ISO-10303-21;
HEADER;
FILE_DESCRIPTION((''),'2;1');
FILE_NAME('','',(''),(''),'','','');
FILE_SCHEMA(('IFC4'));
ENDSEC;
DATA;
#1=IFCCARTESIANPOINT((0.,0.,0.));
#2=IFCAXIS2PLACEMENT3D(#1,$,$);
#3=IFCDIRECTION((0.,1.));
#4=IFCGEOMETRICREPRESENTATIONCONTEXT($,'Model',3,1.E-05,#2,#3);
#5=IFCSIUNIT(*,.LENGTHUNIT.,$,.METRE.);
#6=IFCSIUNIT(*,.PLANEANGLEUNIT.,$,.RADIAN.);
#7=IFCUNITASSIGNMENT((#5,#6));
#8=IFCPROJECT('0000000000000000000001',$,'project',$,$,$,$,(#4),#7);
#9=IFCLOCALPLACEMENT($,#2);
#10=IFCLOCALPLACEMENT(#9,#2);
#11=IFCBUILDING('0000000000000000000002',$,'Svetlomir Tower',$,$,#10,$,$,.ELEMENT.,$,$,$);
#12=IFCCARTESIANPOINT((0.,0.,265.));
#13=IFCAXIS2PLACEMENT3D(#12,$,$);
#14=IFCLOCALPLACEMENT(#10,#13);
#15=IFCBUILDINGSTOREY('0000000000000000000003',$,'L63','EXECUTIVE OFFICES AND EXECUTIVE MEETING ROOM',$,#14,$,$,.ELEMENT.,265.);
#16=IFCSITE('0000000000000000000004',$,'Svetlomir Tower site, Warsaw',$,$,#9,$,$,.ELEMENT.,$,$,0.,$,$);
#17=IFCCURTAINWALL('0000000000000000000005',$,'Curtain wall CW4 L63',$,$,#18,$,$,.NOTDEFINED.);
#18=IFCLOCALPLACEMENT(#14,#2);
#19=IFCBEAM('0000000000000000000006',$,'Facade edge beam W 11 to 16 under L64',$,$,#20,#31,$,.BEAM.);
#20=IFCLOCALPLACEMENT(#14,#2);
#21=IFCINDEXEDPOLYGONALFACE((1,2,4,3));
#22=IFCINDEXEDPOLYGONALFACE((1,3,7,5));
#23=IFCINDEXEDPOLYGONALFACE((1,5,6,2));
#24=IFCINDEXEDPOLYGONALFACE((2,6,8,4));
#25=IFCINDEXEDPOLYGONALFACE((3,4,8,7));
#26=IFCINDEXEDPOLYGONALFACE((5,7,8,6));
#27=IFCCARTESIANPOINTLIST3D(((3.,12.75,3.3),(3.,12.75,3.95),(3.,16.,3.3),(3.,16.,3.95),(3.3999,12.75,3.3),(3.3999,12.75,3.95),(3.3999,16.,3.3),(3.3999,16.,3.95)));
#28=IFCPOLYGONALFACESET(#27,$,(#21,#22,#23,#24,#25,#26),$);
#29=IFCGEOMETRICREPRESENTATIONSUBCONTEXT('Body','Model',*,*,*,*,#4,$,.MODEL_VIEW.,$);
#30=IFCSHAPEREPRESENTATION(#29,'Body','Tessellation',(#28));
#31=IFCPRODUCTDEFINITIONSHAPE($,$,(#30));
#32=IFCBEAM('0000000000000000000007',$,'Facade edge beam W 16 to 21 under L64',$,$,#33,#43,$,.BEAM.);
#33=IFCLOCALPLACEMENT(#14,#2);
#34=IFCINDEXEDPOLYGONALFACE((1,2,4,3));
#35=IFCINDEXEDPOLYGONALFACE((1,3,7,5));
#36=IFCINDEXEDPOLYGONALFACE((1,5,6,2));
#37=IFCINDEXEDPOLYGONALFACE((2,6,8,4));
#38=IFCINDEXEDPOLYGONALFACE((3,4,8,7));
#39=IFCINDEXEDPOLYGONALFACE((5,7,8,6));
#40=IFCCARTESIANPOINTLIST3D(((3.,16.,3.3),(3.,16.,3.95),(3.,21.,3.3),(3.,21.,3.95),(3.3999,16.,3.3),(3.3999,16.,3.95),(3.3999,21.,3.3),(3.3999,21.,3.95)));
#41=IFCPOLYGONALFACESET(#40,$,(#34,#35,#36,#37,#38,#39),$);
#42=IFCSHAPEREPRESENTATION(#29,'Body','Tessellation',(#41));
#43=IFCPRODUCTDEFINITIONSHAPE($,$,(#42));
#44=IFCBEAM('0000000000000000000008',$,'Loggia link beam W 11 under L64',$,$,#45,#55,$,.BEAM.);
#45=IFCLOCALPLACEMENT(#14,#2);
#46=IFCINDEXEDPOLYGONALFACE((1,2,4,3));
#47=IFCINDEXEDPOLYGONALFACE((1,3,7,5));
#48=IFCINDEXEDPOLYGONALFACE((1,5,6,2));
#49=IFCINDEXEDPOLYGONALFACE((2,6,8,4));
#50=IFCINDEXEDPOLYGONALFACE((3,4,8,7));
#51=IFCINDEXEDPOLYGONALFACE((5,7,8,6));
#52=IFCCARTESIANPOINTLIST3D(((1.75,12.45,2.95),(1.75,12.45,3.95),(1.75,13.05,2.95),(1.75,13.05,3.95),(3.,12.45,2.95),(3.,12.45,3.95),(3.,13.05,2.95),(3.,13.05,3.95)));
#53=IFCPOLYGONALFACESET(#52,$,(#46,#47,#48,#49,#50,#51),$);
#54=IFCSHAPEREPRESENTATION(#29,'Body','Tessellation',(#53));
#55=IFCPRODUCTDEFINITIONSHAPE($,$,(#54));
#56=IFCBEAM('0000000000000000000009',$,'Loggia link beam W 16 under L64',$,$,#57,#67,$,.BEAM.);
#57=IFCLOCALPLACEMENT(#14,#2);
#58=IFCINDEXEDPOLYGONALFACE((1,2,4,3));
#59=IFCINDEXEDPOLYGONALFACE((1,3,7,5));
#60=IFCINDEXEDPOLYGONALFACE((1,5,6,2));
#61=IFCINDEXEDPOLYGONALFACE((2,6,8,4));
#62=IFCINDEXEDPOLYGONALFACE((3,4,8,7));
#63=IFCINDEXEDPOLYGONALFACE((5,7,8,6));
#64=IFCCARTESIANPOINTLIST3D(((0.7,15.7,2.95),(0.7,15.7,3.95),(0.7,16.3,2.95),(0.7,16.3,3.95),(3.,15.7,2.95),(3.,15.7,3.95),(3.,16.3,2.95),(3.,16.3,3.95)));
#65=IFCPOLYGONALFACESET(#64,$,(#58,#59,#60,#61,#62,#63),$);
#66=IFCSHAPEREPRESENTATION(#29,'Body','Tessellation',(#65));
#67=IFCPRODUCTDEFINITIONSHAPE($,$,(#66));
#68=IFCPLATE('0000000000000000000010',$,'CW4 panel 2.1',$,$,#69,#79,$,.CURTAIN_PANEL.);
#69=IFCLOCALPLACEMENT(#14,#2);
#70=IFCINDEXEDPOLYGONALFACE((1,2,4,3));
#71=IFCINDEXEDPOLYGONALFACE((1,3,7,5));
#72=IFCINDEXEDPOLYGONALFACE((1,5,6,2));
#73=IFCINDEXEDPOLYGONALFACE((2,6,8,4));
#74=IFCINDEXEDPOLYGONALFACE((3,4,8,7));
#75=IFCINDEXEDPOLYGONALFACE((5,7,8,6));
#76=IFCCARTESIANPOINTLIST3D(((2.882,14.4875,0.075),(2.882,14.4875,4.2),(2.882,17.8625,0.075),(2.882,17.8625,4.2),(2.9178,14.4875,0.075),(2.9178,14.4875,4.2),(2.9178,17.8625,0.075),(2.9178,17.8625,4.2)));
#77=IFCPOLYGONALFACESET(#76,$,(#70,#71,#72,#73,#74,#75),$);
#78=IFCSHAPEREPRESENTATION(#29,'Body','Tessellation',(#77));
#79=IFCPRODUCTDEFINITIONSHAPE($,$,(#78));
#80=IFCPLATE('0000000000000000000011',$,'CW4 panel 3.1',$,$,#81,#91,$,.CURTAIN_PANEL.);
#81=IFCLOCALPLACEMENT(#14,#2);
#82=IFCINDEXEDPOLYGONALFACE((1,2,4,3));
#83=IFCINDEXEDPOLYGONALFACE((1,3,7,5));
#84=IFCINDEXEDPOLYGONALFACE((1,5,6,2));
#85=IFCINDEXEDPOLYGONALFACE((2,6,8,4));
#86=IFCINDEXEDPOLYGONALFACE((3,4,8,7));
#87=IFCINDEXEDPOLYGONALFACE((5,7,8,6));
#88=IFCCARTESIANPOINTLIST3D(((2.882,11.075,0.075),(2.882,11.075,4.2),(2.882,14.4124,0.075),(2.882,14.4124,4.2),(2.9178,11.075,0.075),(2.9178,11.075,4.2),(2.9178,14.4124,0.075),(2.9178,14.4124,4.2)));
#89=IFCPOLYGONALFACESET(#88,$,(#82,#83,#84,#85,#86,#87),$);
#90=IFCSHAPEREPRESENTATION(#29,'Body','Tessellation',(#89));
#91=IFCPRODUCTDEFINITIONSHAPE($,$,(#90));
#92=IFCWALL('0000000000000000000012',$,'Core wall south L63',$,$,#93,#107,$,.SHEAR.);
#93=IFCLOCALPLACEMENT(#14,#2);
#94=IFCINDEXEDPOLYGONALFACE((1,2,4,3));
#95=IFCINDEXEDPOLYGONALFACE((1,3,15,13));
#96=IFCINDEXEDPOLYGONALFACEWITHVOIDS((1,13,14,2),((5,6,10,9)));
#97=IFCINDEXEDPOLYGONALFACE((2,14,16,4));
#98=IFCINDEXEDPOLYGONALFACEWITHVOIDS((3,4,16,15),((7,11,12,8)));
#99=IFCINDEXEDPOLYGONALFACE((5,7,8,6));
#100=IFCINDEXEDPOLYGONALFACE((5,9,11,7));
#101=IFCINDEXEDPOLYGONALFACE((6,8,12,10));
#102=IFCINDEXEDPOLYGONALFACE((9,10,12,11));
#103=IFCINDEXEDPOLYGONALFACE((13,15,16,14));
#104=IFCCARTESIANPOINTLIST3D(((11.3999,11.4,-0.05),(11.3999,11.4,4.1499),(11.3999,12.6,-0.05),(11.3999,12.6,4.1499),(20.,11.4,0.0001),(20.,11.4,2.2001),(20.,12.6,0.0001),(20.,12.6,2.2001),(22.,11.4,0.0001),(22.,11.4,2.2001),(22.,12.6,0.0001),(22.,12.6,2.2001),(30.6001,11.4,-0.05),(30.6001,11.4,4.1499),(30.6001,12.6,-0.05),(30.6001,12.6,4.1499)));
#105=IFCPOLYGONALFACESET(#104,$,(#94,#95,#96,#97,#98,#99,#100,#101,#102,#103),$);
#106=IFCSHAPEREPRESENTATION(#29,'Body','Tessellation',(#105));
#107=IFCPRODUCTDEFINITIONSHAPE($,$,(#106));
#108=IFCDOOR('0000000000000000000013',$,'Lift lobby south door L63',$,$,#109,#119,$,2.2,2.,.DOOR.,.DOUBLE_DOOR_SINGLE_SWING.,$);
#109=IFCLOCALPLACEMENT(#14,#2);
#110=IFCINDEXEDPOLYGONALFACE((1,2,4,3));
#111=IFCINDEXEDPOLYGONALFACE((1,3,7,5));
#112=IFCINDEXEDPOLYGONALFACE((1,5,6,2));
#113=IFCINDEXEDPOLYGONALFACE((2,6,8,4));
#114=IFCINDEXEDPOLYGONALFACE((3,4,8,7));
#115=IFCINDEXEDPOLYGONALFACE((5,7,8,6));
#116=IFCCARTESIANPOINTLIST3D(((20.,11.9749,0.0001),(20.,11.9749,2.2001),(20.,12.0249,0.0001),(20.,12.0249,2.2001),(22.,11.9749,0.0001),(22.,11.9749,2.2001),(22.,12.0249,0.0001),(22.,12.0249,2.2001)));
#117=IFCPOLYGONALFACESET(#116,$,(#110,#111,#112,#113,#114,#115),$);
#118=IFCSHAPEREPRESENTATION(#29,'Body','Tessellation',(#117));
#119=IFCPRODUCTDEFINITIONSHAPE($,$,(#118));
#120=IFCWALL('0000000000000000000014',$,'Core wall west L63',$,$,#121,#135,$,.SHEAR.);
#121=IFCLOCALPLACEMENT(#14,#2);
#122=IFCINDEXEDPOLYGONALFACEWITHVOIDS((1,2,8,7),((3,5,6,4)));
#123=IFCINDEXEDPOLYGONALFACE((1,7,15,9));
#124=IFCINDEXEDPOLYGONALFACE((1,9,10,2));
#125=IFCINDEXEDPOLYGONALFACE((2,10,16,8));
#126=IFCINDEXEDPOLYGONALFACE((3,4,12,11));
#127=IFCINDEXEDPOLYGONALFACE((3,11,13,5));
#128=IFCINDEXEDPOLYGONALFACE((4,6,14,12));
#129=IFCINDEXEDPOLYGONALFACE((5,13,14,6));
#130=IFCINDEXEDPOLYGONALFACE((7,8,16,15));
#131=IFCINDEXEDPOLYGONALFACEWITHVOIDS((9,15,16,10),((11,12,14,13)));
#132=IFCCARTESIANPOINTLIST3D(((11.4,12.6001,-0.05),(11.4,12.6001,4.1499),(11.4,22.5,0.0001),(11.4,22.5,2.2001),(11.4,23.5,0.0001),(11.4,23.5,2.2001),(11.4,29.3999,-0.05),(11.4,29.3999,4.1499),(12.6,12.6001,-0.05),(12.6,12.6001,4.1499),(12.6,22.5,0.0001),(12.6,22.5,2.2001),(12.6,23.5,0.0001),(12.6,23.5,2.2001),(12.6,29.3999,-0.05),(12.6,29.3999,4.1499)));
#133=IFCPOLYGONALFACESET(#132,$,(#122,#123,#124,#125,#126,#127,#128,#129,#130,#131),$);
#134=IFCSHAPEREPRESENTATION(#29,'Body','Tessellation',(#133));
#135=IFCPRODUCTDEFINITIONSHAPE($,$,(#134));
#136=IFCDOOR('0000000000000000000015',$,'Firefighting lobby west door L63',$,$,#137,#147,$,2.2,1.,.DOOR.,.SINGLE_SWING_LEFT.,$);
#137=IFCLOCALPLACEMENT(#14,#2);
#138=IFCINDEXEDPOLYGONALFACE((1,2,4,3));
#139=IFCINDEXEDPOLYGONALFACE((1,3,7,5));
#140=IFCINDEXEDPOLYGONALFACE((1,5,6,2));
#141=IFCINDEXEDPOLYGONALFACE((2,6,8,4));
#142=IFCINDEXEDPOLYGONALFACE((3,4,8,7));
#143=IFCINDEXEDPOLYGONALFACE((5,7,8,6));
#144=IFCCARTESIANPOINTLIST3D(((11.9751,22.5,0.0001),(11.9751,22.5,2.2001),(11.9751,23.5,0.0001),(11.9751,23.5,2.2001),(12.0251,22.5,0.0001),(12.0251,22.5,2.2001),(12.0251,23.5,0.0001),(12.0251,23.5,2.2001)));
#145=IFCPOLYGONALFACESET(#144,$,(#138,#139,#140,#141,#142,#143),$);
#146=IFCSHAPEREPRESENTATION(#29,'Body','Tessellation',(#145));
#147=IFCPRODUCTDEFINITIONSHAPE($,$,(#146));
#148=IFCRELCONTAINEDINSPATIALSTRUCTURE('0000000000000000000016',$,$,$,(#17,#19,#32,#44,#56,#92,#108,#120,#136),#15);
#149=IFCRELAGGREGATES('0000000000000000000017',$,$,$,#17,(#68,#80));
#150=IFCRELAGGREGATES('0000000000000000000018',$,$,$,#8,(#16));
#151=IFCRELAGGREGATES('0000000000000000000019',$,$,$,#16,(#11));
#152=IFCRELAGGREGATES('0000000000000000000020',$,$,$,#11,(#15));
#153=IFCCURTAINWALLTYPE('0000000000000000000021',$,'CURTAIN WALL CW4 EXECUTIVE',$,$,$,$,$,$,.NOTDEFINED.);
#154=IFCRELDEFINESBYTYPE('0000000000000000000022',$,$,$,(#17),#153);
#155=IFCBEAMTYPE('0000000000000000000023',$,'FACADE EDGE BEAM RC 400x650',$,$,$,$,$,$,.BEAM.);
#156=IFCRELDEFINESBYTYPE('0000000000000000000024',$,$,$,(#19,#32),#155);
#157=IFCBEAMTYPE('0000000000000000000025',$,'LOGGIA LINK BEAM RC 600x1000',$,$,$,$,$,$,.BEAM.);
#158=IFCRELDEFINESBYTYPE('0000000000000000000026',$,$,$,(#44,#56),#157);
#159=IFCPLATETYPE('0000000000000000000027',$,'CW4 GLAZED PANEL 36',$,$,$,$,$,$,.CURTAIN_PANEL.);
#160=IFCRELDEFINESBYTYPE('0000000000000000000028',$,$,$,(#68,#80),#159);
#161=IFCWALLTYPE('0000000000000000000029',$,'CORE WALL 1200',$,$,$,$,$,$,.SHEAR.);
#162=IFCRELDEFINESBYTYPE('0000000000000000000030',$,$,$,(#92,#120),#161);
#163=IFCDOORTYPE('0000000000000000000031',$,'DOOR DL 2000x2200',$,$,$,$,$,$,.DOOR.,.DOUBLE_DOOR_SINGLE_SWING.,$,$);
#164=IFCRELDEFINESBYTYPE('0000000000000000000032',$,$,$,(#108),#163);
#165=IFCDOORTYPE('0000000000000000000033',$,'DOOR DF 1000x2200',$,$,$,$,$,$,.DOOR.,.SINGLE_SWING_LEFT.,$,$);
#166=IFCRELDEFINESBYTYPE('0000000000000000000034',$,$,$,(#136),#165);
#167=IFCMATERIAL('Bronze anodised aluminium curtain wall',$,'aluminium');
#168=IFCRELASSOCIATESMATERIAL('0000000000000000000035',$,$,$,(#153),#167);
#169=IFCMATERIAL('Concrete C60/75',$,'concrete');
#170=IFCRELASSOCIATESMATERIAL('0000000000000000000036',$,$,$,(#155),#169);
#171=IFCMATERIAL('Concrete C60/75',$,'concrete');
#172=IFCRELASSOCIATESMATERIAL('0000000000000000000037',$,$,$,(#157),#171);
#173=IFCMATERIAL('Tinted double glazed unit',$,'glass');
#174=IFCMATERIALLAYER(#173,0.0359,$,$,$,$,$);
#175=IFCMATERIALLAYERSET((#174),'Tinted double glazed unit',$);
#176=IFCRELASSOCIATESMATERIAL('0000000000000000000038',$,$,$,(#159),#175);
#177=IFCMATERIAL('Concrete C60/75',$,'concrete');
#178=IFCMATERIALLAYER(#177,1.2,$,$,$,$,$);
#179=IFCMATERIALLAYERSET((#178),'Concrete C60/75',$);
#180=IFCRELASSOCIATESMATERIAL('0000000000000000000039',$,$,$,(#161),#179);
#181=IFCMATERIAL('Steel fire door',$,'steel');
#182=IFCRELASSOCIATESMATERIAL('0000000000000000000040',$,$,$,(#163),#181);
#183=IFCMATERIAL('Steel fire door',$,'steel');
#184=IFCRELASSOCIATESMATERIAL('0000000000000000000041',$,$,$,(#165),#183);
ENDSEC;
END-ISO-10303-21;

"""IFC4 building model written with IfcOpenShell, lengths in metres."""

from ifc_helpers import new_model, si_unit, direction, frame, frame_2d, origin, origin_2d, place, context, subcontext, project, spatial, rectangle, extrude, material, layer, layer_set, material_profile, profile_set, type_object, element, fill, aggregate, save


model = new_model("IFC4")

# Units and contexts
model_context = context("Model", 3, precision=1e-05, world=origin(), true_north=direction((0.0, 1.0)))
body_context = subcontext(model_context, "Body", "Model", "MODEL_VIEW")
ifc_project = project(units=[si_unit("LENGTHUNIT", "METRE"), si_unit("PLANEANGLEUNIT", "RADIAN")], contexts=[model_context])

# Site, building, storey
site_placement = place(None, origin())
site = spatial("IfcSite", under=ifc_project, at=site_placement, Name="Svetlomir Tower site, Warsaw", CompositionType="ELEMENT", RefElevation=0.0)
building_placement = place(site_placement, origin())
building = spatial("IfcBuilding", under=site, at=building_placement, Name="Svetlomir Tower", CompositionType="ELEMENT")
storey_placement = place(building_placement, frame((0.0, 0.0, 265.0)))
storey = spatial("IfcBuildingStorey", under=building, at=storey_placement, Name="L63", Description="EXECUTIVE OFFICES AND EXECUTIVE MEETING ROOM", CompositionType="ELEMENT", Elevation=265.0)

# Curtain wall
ifc_material_1 = material(Name="Bronze anodised aluminium curtain wall", Category="aluminium")
curtain_wall_type = type_object("IfcCurtainWallType", Name="CURTAIN WALL CW4 EXECUTIVE", PredefinedType="NOTDEFINED", material=ifc_material_1)
curtain_wall_placement = place(storey_placement, origin())
curtain_wall = element("IfcCurtainWall", 1, at=curtain_wall_placement, inside=storey, type_object=curtain_wall_type, Name="Curtain wall CW4 L63", PredefinedType="NOTDEFINED")

# Beams
ifc_material_2 = material(Name="Concrete C60/75", Category="concrete")
ifc_material_profile_1 = material_profile(ifc_material_2, rectangle(XDim=0.3999, YDim=0.6499, at=origin_2d()), Name="RC 400x650")
ifc_profile_set_1 = profile_set([ifc_material_profile_1], Name="Concrete C60/75")
beam_type_1 = type_object("IfcBeamType", Name="FACADE EDGE BEAM RC 400x650", PredefinedType="BEAM", material=ifc_profile_set_1)
beam_1_placement = place(storey_placement, frame((3.2, 12.75, 3.625), z_axis=(0.0, 1.0, 0.0), x_axis=(-1.0, 0.0, 0.0)))
element("IfcBeam", 2, at=beam_1_placement, inside=storey, type_object=beam_type_1, Name="Facade edge beam W 11 to 16 under L64", PredefinedType="BEAM", context=body_context, shape_type="SweptSolid", body=[
    extrude(rectangle(XDim=0.3999, YDim=0.6499, at=origin_2d()), origin(), (0.0, 0.0, 1.0), 3.25),
])
beam_2_placement = place(storey_placement, frame((3.2, 16.0, 3.625), z_axis=(0.0, 1.0, 0.0), x_axis=(-1.0, 0.0, 0.0)))
element("IfcBeam", 3, at=beam_2_placement, inside=storey, type_object=beam_type_1, Name="Facade edge beam W 16 to 21 under L64", PredefinedType="BEAM", context=body_context, shape_type="SweptSolid", body=[
    extrude(rectangle(XDim=0.3999, YDim=0.6499, at=origin_2d()), origin(), (0.0, 0.0, 1.0), 5.0),
])
ifc_material_3 = material(Name="Concrete C60/75", Category="concrete")
ifc_material_profile_2 = material_profile(ifc_material_3, rectangle(XDim=0.6001, YDim=1.0, at=origin_2d()), Name="RC 600x1000")
ifc_profile_set_2 = profile_set([ifc_material_profile_2], Name="Concrete C60/75")
beam_type_2 = type_object("IfcBeamType", Name="LOGGIA LINK BEAM RC 600x1000", PredefinedType="BEAM", material=ifc_profile_set_2)
beam_3_placement = place(storey_placement, frame((1.75, 12.75, 3.45), z_axis=(1.0, 0.0, 0.0), x_axis=(0.0, 1.0, 0.0)))
element("IfcBeam", 4, at=beam_3_placement, inside=storey, type_object=beam_type_2, Name="Loggia link beam W 11 under L64", PredefinedType="BEAM", context=body_context, shape_type="SweptSolid", body=[
    extrude(rectangle(XDim=0.6001, YDim=1.0, at=origin_2d()), origin(), (0.0, 0.0, 1.0), 1.25),
])
beam_4_placement = place(storey_placement, frame((0.7, 16.0, 3.45), z_axis=(1.0, 0.0, 0.0), x_axis=(0.0, 1.0, 0.0)))
element("IfcBeam", 5, at=beam_4_placement, inside=storey, type_object=beam_type_2, Name="Loggia link beam W 16 under L64", PredefinedType="BEAM", context=body_context, shape_type="SweptSolid", body=[
    extrude(rectangle(XDim=0.6001, YDim=1.0, at=origin_2d()), origin(), (0.0, 0.0, 1.0), 2.3),
])

# Plates
ifc_material_4 = material(Name="Tinted double glazed unit", Category="glass")
ifc_layer_1 = layer(ifc_material_4, 0.0359)
ifc_layer_set_1 = layer_set([ifc_layer_1], Name="Tinted double glazed unit")
plate_type = type_object("IfcPlateType", Name="CW4 GLAZED PANEL 36", PredefinedType="CURTAIN_PANEL", material=ifc_layer_set_1)
plate_1_placement = place(storey_placement, frame((2.8999, 16.175, 0.075), z_axis=(0.0, 0.0, 1.0), x_axis=(0.0, -1.0, 0.0)))
plate_1 = element("IfcPlate", 6, at=plate_1_placement, type_object=plate_type, Name="CW4 panel 2.1", PredefinedType="CURTAIN_PANEL", context=body_context, shape_type="SweptSolid", body=[
    extrude(rectangle(XDim=3.375, YDim=0.0359, at=origin_2d()), origin(), (0.0, 0.0, 1.0), 4.125),
])
plate_2_placement = place(storey_placement, frame((2.8999, 12.7437, 0.075), z_axis=(0.0, 0.0, 1.0), x_axis=(0.0, -1.0, 0.0)))
plate_2 = element("IfcPlate", 7, at=plate_2_placement, type_object=plate_type, Name="CW4 panel 3.1", PredefinedType="CURTAIN_PANEL", context=body_context, shape_type="SweptSolid", body=[
    extrude(rectangle(XDim=3.3374, YDim=0.0359, at=origin_2d()), origin(), (0.0, 0.0, 1.0), 4.125),
])
aggregate(curtain_wall, [plate_1, plate_2])

# Walls, openings, doors
ifc_material_5 = material(Name="Concrete C60/75", Category="concrete")
ifc_layer_2 = layer(ifc_material_5, 1.2)
ifc_layer_set_2 = layer_set([ifc_layer_2], Name="Concrete C60/75")
wall_type_1 = type_object("IfcWallType", Name="CORE WALL 1200", PredefinedType="SHEAR", material=ifc_layer_set_2)
wall_1_placement = place(storey_placement, frame((11.3999, 12.0, -0.05), z_axis=(0.0, 0.0, 1.0), x_axis=(1.0, 0.0, 0.0)))
wall_1 = element("IfcWall", 8, at=wall_1_placement, inside=storey, type_object=wall_type_1, Name="Core wall south L63", PredefinedType="SHEAR", context=body_context, shape_type="SweptSolid", body=[
    extrude(rectangle(XDim=19.2002, YDim=1.2, at=frame_2d((9.6001, 0.0))), origin(), (0.0, 0.0, 1.0), 4.2),
])
opening_1_placement = place(wall_1_placement, frame((8.6001, 0.0, 0.05)))
opening_1 = element("IfcOpeningElement", 9, at=opening_1_placement, cuts=wall_1, PredefinedType="OPENING", context=body_context, shape_type="SweptSolid", body=[
    extrude(rectangle(XDim=2.0, YDim=2.2, at=frame_2d((1.0, 1.1001))), frame((0.0, 0.6099, 0.0), z_axis=(0.0, -1.0, 0.0), x_axis=(1.0, 0.0, 0.0)), (0.0, 0.0, 1.0), 1.22),
])
ifc_material_6 = material(Name="Steel fire door", Category="steel")
door_type_1 = type_object("IfcDoorType", Name="DOOR DL 2000x2200", OperationType="DOUBLE_DOOR_SINGLE_SWING", PredefinedType="DOOR", material=ifc_material_6)
door_1_placement = place(opening_1_placement, origin())
door_1 = element("IfcDoor", 10, at=door_1_placement, inside=storey, type_object=door_type_1, Name="Lift lobby south door L63", OperationType="DOUBLE_DOOR_SINGLE_SWING", OverallHeight=2.2, OverallWidth=2.0, PredefinedType="DOOR", context=body_context, shape_type="SweptSolid", body=[
    extrude(rectangle(XDim=2.0, YDim=2.2, at=frame_2d((1.0, 1.1001))), frame((0.0, 0.0249, 0.0), z_axis=(0.0, -1.0, 0.0), x_axis=(1.0, 0.0, 0.0)), (0.0, 0.0, 1.0), 0.05),
])
fill(opening_1, door_1)
wall_2_placement = place(storey_placement, frame((12.0, 12.6001, -0.05), z_axis=(0.0, 0.0, 1.0), x_axis=(0.0, 1.0, 0.0)))
wall_2 = element("IfcWall", 11, at=wall_2_placement, inside=storey, type_object=wall_type_1, Name="Core wall west L63", PredefinedType="SHEAR", context=body_context, shape_type="SweptSolid", body=[
    extrude(rectangle(XDim=16.7998, YDim=1.2, at=frame_2d((8.3999, 0.0))), origin(), (0.0, 0.0, 1.0), 4.2),
])
opening_2_placement = place(wall_2_placement, frame((9.8999, 0.0, 0.05)))
opening_2 = element("IfcOpeningElement", 12, at=opening_2_placement, cuts=wall_2, PredefinedType="OPENING", context=body_context, shape_type="SweptSolid", body=[
    extrude(rectangle(XDim=1.0, YDim=2.2, at=frame_2d((0.5, 1.1001))), frame((0.0, 0.6099, 0.0), z_axis=(0.0, -1.0, 0.0), x_axis=(1.0, 0.0, 0.0)), (0.0, 0.0, 1.0), 1.22),
])
ifc_material_7 = material(Name="Steel fire door", Category="steel")
door_type_2 = type_object("IfcDoorType", Name="DOOR DF 1000x2200", OperationType="SINGLE_SWING_LEFT", PredefinedType="DOOR", material=ifc_material_7)
door_2_placement = place(opening_2_placement, origin())
door_2 = element("IfcDoor", 13, at=door_2_placement, inside=storey, type_object=door_type_2, Name="Firefighting lobby west door L63", OperationType="SINGLE_SWING_LEFT", OverallHeight=2.2, OverallWidth=1.0, PredefinedType="DOOR", context=body_context, shape_type="SweptSolid", body=[
    extrude(rectangle(XDim=1.0, YDim=2.2, at=frame_2d((0.5, 1.1001))), frame((0.0, 0.0249, 0.0), z_axis=(0.0, -1.0, 0.0), x_axis=(1.0, 0.0, 0.0)), (0.0, 0.0, 1.0), 0.05),
])
fill(opening_2, door_2)

save(model, "model.ifc")
